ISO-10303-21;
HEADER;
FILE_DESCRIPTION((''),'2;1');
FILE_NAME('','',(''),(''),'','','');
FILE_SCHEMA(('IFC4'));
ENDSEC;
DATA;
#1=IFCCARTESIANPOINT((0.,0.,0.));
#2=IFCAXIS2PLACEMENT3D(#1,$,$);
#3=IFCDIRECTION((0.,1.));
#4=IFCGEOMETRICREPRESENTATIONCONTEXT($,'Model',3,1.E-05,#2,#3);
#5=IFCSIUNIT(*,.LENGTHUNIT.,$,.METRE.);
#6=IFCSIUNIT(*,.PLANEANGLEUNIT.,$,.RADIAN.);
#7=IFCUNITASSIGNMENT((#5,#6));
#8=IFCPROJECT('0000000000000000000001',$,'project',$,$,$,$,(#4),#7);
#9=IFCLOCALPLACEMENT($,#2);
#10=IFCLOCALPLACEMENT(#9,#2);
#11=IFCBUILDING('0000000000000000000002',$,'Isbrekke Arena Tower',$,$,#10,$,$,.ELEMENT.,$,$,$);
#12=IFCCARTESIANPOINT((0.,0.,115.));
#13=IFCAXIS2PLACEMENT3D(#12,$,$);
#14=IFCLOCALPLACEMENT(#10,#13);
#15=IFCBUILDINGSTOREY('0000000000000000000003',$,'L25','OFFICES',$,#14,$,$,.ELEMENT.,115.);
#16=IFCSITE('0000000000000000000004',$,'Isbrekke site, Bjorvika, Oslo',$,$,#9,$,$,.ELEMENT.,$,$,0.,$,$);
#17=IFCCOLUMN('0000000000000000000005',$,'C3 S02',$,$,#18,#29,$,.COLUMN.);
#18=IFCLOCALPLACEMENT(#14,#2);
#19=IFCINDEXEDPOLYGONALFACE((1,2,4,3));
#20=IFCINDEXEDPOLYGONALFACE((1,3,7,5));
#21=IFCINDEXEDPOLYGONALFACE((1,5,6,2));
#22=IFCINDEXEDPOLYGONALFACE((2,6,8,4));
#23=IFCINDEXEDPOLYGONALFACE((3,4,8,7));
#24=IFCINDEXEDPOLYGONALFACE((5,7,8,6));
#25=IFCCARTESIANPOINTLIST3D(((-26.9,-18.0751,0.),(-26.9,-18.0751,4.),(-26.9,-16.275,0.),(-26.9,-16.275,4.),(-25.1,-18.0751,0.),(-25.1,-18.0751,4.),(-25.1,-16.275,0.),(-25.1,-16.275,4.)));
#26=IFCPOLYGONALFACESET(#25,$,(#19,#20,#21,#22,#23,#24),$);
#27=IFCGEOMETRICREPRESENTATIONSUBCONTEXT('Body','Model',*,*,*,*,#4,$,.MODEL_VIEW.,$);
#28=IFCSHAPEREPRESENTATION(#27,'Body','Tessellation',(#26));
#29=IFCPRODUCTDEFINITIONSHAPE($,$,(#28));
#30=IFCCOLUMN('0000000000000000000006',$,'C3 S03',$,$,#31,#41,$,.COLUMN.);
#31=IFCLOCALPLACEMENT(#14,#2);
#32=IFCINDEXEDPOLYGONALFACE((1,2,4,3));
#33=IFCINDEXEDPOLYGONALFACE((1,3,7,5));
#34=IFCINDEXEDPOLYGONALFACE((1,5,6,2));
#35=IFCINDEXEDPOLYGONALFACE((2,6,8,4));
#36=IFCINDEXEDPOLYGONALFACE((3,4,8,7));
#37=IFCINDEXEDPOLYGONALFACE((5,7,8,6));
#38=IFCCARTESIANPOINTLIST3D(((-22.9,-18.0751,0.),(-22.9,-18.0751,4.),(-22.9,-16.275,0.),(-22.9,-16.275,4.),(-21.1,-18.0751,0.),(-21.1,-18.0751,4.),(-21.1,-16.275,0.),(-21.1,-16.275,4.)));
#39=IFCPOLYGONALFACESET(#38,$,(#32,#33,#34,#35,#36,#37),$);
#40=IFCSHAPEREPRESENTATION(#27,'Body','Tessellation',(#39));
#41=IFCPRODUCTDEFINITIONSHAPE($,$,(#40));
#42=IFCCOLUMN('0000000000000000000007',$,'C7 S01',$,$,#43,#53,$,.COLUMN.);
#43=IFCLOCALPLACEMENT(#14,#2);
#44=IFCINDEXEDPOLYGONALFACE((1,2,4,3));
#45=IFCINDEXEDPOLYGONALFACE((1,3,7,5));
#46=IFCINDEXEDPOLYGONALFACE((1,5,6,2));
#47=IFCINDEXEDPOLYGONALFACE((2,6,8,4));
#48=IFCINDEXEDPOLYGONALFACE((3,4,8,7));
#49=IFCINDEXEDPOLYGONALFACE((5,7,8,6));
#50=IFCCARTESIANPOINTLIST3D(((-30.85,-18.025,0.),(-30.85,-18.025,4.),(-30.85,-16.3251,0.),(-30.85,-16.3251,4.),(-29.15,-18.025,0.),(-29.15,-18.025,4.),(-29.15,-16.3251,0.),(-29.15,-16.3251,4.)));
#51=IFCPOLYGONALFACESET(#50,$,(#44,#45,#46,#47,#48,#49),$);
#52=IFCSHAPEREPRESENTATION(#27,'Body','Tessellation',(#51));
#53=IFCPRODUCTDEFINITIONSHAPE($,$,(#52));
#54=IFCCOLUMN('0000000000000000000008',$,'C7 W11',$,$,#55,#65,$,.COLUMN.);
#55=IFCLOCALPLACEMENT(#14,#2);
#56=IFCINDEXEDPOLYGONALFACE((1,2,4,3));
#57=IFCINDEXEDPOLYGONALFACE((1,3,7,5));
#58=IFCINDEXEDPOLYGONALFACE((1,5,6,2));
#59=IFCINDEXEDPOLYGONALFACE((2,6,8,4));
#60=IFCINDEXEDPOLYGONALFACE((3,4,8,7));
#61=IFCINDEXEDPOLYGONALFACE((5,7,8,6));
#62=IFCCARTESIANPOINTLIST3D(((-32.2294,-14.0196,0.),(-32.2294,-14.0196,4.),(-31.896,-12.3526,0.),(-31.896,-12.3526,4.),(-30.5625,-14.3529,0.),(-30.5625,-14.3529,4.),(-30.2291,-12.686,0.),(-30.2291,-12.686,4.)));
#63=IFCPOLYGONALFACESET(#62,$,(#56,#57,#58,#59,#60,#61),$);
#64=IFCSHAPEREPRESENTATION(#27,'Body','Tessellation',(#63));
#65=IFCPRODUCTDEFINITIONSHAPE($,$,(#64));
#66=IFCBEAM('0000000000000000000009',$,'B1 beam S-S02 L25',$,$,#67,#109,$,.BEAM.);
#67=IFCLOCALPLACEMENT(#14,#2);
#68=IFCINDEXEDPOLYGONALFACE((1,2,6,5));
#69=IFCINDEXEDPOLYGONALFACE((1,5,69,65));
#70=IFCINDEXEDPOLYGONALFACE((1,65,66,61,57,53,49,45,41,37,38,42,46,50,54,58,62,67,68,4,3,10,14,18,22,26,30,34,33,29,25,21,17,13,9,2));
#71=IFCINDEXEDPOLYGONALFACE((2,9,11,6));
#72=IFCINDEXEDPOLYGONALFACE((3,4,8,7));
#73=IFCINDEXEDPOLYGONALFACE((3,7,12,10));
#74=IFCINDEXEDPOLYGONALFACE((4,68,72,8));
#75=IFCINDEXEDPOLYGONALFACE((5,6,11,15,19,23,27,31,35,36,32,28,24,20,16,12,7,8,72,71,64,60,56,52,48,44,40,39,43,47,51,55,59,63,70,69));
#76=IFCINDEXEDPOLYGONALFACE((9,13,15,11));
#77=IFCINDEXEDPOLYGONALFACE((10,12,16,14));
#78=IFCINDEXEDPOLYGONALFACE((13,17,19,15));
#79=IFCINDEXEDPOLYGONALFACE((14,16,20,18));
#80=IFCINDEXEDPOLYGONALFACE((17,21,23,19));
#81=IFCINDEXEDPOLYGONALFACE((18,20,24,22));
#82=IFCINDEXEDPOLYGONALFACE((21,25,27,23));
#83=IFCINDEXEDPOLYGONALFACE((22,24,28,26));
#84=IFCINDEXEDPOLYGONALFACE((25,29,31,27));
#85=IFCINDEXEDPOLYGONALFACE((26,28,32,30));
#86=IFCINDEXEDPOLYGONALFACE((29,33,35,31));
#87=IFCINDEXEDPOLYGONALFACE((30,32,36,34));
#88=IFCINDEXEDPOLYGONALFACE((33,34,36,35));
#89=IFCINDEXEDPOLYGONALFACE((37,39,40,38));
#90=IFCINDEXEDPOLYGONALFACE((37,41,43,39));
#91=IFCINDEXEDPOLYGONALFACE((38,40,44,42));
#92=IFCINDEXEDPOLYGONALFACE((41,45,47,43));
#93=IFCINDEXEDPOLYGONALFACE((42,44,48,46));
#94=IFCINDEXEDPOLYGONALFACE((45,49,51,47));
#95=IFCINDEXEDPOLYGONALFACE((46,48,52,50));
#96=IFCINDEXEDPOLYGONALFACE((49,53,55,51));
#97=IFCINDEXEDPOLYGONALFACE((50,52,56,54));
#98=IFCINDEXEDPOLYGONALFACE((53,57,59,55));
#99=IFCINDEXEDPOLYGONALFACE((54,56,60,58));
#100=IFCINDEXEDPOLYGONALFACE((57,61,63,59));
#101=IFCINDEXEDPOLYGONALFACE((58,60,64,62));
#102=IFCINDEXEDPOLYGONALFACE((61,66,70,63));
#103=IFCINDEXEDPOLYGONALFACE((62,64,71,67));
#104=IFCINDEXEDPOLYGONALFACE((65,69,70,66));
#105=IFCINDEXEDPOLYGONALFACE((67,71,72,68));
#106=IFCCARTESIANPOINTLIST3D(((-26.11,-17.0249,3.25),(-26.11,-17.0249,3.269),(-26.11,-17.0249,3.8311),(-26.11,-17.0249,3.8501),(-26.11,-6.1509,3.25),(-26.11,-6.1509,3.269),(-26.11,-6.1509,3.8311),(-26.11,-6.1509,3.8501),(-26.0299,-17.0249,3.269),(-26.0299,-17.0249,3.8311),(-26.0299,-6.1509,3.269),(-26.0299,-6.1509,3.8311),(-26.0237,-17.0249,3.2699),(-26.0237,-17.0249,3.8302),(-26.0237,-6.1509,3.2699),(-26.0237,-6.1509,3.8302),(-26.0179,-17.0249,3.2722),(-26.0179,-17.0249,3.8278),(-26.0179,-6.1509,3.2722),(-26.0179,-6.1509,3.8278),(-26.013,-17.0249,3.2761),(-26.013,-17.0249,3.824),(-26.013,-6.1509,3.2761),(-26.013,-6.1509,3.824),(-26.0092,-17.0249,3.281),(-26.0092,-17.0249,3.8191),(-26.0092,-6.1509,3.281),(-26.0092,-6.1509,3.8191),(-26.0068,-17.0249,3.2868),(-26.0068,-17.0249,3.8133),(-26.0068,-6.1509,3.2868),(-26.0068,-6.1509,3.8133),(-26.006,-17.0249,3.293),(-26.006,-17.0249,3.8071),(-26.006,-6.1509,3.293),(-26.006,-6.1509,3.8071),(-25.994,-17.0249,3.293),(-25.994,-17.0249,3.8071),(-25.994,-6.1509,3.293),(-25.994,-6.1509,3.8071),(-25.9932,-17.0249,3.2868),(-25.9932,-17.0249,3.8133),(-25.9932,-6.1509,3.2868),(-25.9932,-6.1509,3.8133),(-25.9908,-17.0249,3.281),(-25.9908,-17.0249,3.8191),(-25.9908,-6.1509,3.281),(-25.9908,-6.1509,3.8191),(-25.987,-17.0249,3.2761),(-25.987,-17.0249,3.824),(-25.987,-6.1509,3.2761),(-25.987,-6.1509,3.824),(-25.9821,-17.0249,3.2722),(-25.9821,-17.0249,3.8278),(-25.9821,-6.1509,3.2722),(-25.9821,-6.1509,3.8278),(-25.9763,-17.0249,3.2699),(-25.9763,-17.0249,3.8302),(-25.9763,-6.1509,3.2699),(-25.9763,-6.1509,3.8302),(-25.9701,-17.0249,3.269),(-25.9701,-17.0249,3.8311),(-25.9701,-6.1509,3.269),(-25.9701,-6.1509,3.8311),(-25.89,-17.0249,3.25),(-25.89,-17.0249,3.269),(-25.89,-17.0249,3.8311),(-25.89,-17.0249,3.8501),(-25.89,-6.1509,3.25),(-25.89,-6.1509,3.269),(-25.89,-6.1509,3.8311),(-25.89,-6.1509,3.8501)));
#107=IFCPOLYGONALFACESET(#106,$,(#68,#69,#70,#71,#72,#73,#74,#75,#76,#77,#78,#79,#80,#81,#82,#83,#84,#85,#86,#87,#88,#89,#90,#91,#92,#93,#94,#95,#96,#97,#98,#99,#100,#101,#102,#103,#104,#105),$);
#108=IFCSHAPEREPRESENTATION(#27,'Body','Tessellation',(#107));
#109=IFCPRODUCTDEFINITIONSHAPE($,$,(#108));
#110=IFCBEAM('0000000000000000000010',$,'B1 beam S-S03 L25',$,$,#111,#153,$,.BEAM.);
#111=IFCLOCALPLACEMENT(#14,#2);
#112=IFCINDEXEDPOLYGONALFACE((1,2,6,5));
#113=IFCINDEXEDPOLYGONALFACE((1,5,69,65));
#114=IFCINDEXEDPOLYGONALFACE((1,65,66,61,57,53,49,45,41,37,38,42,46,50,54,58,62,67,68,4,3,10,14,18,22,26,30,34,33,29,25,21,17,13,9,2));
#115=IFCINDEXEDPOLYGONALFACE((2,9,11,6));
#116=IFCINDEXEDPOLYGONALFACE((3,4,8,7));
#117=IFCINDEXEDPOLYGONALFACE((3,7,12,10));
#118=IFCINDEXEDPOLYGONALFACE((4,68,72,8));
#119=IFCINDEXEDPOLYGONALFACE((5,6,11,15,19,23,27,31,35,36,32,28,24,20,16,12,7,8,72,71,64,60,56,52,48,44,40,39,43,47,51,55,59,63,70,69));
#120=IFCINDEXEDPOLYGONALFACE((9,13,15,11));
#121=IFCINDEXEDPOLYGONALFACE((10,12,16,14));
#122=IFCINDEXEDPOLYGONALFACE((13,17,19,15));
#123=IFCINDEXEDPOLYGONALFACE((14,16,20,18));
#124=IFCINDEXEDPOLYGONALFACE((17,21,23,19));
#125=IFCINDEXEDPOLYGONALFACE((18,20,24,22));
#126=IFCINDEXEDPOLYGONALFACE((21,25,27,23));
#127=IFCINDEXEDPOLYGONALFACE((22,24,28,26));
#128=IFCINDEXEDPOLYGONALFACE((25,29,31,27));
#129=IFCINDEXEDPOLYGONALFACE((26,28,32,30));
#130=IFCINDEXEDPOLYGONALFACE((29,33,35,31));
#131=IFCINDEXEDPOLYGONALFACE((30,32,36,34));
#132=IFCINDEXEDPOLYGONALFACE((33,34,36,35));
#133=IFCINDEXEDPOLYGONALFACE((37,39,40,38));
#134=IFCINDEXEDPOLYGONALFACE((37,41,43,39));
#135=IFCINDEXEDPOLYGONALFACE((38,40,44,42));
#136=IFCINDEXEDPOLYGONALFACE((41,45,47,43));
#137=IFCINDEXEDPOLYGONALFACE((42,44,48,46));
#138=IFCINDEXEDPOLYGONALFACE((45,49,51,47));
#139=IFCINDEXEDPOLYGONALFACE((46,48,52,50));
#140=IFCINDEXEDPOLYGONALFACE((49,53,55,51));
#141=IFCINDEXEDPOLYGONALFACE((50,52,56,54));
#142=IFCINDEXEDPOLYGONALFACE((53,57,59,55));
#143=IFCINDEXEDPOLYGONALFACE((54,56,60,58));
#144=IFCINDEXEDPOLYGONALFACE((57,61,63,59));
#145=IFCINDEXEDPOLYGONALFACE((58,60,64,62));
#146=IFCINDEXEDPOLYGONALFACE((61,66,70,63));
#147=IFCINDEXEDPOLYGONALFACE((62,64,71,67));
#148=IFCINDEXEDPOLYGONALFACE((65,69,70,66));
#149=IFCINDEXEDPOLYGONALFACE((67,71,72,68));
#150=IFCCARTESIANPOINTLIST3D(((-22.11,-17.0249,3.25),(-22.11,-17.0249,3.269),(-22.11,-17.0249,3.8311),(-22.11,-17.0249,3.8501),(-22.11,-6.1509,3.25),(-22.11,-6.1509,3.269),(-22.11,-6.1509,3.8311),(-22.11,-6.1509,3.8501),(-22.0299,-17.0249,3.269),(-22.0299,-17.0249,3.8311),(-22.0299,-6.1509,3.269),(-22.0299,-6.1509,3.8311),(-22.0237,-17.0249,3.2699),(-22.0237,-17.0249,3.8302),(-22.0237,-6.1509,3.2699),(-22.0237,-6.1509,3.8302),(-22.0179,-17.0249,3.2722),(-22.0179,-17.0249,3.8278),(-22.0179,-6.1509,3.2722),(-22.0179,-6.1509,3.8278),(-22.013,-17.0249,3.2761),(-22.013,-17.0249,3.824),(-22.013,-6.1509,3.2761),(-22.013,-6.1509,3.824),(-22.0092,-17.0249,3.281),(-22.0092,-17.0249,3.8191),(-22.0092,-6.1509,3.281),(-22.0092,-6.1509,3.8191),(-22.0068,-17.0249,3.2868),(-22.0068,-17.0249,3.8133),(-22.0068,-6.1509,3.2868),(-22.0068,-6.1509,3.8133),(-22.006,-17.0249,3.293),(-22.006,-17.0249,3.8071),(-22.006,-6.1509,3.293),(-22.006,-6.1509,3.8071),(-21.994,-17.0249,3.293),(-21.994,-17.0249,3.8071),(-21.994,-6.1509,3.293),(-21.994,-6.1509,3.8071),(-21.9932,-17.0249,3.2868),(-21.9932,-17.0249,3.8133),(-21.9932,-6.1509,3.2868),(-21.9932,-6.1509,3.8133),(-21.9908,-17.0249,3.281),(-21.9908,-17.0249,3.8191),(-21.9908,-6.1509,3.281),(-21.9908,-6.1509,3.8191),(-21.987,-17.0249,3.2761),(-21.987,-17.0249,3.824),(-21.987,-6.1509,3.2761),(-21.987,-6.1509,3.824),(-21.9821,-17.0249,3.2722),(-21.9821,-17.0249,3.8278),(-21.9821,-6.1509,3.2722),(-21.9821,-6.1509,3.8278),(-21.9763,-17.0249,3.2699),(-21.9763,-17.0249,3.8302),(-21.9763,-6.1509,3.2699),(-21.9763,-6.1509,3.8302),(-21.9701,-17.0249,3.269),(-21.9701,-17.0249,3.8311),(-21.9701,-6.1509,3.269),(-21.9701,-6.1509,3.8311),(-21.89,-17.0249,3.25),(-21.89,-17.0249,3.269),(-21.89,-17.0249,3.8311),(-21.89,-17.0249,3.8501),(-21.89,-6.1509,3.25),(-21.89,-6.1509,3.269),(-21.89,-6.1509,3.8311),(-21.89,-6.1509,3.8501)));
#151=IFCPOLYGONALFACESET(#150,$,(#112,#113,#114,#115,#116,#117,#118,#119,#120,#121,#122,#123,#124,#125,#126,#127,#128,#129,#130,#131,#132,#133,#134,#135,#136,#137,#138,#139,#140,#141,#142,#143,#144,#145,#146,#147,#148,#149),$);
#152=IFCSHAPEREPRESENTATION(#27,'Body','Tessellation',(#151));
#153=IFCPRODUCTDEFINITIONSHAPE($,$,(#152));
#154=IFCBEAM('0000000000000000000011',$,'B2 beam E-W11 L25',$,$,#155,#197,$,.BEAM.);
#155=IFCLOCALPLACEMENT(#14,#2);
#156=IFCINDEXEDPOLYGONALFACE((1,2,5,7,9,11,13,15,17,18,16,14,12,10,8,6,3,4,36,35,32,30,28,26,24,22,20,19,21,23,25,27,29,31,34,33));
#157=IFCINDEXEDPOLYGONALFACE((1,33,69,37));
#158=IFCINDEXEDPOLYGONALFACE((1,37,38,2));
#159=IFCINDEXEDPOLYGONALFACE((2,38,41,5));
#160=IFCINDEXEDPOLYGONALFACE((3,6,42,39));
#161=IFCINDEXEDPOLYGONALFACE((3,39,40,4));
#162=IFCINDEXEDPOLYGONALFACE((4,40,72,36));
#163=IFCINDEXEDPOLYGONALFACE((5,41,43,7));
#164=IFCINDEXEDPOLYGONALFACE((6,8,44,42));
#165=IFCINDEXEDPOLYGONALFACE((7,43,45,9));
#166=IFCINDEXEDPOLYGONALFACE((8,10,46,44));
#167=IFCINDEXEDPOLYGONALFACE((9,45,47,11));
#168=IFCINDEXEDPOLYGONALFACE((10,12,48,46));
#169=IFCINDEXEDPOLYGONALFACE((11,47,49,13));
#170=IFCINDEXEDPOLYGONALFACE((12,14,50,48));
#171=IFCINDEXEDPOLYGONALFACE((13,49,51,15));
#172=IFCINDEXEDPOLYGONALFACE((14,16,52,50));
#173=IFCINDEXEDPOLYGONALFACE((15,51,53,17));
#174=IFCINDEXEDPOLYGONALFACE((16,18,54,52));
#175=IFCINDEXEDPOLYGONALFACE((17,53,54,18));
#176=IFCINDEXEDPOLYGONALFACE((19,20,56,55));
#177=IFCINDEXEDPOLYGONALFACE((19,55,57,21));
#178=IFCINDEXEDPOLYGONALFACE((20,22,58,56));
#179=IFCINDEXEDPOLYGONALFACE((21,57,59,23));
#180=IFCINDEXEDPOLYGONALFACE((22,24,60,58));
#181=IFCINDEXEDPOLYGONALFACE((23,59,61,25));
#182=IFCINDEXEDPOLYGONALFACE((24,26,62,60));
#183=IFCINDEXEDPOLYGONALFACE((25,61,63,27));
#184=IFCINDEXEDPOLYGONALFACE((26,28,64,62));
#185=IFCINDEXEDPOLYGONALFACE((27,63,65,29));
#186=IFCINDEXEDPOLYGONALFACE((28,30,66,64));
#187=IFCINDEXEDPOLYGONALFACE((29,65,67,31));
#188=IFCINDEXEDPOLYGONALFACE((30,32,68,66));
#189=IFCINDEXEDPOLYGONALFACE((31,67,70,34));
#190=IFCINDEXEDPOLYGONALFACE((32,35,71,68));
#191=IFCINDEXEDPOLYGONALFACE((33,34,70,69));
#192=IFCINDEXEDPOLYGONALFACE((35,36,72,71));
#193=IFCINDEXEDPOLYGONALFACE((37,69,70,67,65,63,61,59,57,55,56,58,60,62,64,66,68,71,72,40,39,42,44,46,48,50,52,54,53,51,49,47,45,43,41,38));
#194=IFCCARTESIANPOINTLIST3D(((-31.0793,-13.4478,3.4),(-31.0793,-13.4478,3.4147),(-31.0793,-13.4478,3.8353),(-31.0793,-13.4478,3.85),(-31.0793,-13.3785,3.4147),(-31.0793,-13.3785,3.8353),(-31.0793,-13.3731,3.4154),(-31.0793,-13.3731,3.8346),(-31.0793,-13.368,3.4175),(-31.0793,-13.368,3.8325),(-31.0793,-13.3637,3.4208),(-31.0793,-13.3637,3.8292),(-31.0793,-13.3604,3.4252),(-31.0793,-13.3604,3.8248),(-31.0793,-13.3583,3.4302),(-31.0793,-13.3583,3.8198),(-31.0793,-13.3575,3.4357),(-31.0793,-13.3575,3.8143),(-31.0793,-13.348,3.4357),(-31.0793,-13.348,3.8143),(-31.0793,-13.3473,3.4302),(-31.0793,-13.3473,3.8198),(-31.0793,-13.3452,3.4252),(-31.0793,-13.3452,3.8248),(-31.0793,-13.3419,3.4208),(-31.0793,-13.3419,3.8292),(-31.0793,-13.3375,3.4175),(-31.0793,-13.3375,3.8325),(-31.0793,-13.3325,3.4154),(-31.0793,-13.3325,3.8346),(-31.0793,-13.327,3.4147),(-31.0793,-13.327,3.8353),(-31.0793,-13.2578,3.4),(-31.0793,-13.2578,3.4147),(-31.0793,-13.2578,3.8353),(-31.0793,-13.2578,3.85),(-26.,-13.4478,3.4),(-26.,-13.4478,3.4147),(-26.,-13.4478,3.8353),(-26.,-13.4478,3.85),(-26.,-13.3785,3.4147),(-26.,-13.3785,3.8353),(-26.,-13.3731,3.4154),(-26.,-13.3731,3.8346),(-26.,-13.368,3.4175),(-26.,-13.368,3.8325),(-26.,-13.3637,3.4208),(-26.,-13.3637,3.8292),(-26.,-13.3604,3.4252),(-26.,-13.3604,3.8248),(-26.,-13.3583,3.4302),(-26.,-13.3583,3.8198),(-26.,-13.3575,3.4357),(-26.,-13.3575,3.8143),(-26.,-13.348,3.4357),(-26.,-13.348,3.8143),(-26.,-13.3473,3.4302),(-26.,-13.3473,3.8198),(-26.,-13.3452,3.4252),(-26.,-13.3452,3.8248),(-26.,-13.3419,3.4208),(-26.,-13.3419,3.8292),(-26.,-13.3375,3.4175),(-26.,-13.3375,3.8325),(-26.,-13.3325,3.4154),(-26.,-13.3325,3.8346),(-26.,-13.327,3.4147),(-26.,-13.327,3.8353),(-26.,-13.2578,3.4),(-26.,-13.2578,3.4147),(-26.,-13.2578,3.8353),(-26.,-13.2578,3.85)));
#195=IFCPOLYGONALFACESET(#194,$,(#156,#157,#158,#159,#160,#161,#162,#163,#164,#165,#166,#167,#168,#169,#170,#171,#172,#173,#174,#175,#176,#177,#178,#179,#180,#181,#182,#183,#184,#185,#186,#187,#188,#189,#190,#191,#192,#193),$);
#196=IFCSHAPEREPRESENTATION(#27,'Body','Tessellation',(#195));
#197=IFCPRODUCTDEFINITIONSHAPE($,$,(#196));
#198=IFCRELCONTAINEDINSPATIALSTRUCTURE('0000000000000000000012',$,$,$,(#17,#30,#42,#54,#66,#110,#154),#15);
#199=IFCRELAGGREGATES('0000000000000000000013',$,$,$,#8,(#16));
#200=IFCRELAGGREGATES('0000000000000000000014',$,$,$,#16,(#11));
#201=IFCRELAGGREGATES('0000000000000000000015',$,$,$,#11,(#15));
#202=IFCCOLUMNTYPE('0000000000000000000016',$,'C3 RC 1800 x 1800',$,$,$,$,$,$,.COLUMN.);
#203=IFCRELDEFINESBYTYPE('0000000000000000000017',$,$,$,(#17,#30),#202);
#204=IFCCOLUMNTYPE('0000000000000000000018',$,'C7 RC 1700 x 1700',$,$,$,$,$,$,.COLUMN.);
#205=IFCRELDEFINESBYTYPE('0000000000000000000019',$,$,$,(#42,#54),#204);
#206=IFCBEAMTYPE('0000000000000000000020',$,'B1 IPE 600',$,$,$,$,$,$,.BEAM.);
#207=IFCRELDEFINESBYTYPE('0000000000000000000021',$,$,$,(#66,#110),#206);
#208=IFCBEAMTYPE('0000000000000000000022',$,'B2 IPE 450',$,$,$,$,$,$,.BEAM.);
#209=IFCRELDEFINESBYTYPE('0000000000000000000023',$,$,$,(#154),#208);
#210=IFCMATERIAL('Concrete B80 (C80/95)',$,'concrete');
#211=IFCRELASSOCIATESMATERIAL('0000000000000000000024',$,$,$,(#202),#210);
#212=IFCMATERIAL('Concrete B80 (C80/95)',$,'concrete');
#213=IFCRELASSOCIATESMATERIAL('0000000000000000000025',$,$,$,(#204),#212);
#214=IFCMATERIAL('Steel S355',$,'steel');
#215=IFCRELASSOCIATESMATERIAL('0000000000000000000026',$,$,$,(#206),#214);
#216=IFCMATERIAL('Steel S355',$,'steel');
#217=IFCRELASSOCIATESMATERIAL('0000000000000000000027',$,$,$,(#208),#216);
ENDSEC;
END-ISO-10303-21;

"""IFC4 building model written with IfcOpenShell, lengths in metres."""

from ifc_helpers import new_model, si_unit, direction, frame, origin, origin_2d, place, context, subcontext, project, spatial, rectangle, i_section, extrude, material, material_profile, profile_set, type_object, element, save


model = new_model("IFC4")

# Units and contexts
model_context = context("Model", 3, precision=1e-05, world=origin(), true_north=direction((0.0, 1.0)))
body_context = subcontext(model_context, "Body", "Model", "MODEL_VIEW")
ifc_project = project(units=[si_unit("LENGTHUNIT", "METRE"), si_unit("PLANEANGLEUNIT", "RADIAN")], contexts=[model_context])

# Site, building, storey
site_placement = place(None, origin())
site = spatial("IfcSite", under=ifc_project, at=site_placement, Name="Isbrekke site, Bjorvika, Oslo", CompositionType="ELEMENT", RefElevation=0.0)
building_placement = place(site_placement, origin())
building = spatial("IfcBuilding", under=site, at=building_placement, Name="Isbrekke Arena Tower", CompositionType="ELEMENT")
storey_placement = place(building_placement, frame((0.0, 0.0, 115.0)))
storey = spatial("IfcBuildingStorey", under=building, at=storey_placement, Name="L25", Description="OFFICES", CompositionType="ELEMENT", Elevation=115.0)

# Columns
ifc_material_1 = material(Name="Concrete B80 (C80/95)", Category="concrete")
ifc_material_profile_1 = material_profile(ifc_material_1, rectangle(XDim=1.8, YDim=1.8, at=origin_2d()), Name="RC 1800x1800")
ifc_profile_set_1 = profile_set([ifc_material_profile_1], Name="Concrete B80 (C80/95)")
column_type_1 = type_object("IfcColumnType", Name="C3 RC 1800 x 1800", PredefinedType="COLUMN", material=ifc_profile_set_1)
for number, where, z_axis, x_axis, name in (
    (1, (-26.0, -17.175, 0.0), (0.0, 0.0, 1.0), (1.0, 0.0, 0.0), "C3 S02"),
    (2, (-22.0, -17.175, 0.0), (0.0, 0.0, 1.0), (1.0, 0.0, 0.0), "C3 S03"),
):
    element("IfcColumn", number, at=place(storey_placement, frame(where, z_axis=z_axis, x_axis=x_axis)), inside=storey, type_object=column_type_1, Name=name, PredefinedType="COLUMN", context=body_context, shape_type="SweptSolid", body=[
        extrude(rectangle(XDim=1.8, YDim=1.8, at=origin_2d()), origin(), (0.0, 0.0, 1.0), 4.0),
    ])
ifc_material_2 = material(Name="Concrete B80 (C80/95)", Category="concrete")
ifc_material_profile_2 = material_profile(ifc_material_2, rectangle(XDim=1.7, YDim=1.7, at=origin_2d()), Name="RC 1700x1700")
ifc_profile_set_2 = profile_set([ifc_material_profile_2], Name="Concrete B80 (C80/95)")
column_type_2 = type_object("IfcColumnType", Name="C7 RC 1700 x 1700", PredefinedType="COLUMN", material=ifc_profile_set_2)
for number, where, z_axis, x_axis, name in (
    (3, (-30.0, -17.175, 0.0), (0.0, 0.0, 1.0), (1.0, 0.0, 0.0), "C7 S01"),
    (4, (-31.2292, -13.3528, 0.0), (0.0, 0.0, 1.0), (-0.196116, -0.980581, 0.0), "C7 W11"),
):
    element("IfcColumn", number, at=place(storey_placement, frame(where, z_axis=z_axis, x_axis=x_axis)), inside=storey, type_object=column_type_2, Name=name, PredefinedType="COLUMN", context=body_context, shape_type="SweptSolid", body=[
        extrude(rectangle(XDim=1.7, YDim=1.7, at=origin_2d()), origin(), (0.0, 0.0, 1.0), 4.0),
    ])

# Beams
ifc_material_3 = material(Name="Steel S355", Category="steel")
ifc_material_profile_3 = material_profile(ifc_material_3, i_section(OverallWidth=0.22, OverallDepth=0.6001, WebThickness=0.012, FlangeThickness=0.019, FilletRadius=0.0239, at=origin_2d()), Name="IPE 600")
ifc_profile_set_3 = profile_set([ifc_material_profile_3], Name="Steel S355")
beam_type_1 = type_object("IfcBeamType", Name="B1 IPE 600", PredefinedType="BEAM", material=ifc_profile_set_3)
for number, where, z_axis, x_axis, name in (
    (5, (-26.0, -17.0249, 3.55), (0.0, 1.0, 0.0), (-1.0, 0.0, 0.0), "B1 beam S-S02 L25"),
    (6, (-22.0, -17.0249, 3.55), (0.0, 1.0, 0.0), (-1.0, 0.0, 0.0), "B1 beam S-S03 L25"),
):
    element("IfcBeam", number, at=place(storey_placement, frame(where, z_axis=z_axis, x_axis=x_axis)), inside=storey, type_object=beam_type_1, Name=name, PredefinedType="BEAM", context=body_context, shape_type="SweptSolid", body=[
        extrude(i_section(OverallWidth=0.22, OverallDepth=0.6001, WebThickness=0.012, FlangeThickness=0.019, FilletRadius=0.0239, at=origin_2d()), origin(), (0.0, 0.0, 1.0), 10.874),
    ])
ifc_material_4 = material(Name="Steel S355", Category="steel")
ifc_material_profile_4 = material_profile(ifc_material_4, i_section(OverallWidth=0.1899, OverallDepth=0.45, WebThickness=0.0095, FlangeThickness=0.0146, FilletRadius=0.021, at=origin_2d()), Name="IPE 450")
ifc_profile_set_4 = profile_set([ifc_material_profile_4], Name="Steel S355")
beam_type_2 = type_object("IfcBeamType", Name="B2 IPE 450", PredefinedType="BEAM", material=ifc_profile_set_4)
beam_1_placement = place(storey_placement, frame((-31.0793, -13.3528, 3.625), z_axis=(1.0, 0.0, 0.0), x_axis=(0.0, 1.0, 0.0)))
element("IfcBeam", 7, at=beam_1_placement, inside=storey, type_object=beam_type_2, Name="B2 beam E-W11 L25", PredefinedType="BEAM", context=body_context, shape_type="SweptSolid", body=[
    extrude(i_section(OverallWidth=0.1899, OverallDepth=0.45, WebThickness=0.0095, FlangeThickness=0.0146, FilletRadius=0.021, at=origin_2d()), origin(), (0.0, 0.0, 1.0), 5.0793),
])

save(model, "model.ifc")
